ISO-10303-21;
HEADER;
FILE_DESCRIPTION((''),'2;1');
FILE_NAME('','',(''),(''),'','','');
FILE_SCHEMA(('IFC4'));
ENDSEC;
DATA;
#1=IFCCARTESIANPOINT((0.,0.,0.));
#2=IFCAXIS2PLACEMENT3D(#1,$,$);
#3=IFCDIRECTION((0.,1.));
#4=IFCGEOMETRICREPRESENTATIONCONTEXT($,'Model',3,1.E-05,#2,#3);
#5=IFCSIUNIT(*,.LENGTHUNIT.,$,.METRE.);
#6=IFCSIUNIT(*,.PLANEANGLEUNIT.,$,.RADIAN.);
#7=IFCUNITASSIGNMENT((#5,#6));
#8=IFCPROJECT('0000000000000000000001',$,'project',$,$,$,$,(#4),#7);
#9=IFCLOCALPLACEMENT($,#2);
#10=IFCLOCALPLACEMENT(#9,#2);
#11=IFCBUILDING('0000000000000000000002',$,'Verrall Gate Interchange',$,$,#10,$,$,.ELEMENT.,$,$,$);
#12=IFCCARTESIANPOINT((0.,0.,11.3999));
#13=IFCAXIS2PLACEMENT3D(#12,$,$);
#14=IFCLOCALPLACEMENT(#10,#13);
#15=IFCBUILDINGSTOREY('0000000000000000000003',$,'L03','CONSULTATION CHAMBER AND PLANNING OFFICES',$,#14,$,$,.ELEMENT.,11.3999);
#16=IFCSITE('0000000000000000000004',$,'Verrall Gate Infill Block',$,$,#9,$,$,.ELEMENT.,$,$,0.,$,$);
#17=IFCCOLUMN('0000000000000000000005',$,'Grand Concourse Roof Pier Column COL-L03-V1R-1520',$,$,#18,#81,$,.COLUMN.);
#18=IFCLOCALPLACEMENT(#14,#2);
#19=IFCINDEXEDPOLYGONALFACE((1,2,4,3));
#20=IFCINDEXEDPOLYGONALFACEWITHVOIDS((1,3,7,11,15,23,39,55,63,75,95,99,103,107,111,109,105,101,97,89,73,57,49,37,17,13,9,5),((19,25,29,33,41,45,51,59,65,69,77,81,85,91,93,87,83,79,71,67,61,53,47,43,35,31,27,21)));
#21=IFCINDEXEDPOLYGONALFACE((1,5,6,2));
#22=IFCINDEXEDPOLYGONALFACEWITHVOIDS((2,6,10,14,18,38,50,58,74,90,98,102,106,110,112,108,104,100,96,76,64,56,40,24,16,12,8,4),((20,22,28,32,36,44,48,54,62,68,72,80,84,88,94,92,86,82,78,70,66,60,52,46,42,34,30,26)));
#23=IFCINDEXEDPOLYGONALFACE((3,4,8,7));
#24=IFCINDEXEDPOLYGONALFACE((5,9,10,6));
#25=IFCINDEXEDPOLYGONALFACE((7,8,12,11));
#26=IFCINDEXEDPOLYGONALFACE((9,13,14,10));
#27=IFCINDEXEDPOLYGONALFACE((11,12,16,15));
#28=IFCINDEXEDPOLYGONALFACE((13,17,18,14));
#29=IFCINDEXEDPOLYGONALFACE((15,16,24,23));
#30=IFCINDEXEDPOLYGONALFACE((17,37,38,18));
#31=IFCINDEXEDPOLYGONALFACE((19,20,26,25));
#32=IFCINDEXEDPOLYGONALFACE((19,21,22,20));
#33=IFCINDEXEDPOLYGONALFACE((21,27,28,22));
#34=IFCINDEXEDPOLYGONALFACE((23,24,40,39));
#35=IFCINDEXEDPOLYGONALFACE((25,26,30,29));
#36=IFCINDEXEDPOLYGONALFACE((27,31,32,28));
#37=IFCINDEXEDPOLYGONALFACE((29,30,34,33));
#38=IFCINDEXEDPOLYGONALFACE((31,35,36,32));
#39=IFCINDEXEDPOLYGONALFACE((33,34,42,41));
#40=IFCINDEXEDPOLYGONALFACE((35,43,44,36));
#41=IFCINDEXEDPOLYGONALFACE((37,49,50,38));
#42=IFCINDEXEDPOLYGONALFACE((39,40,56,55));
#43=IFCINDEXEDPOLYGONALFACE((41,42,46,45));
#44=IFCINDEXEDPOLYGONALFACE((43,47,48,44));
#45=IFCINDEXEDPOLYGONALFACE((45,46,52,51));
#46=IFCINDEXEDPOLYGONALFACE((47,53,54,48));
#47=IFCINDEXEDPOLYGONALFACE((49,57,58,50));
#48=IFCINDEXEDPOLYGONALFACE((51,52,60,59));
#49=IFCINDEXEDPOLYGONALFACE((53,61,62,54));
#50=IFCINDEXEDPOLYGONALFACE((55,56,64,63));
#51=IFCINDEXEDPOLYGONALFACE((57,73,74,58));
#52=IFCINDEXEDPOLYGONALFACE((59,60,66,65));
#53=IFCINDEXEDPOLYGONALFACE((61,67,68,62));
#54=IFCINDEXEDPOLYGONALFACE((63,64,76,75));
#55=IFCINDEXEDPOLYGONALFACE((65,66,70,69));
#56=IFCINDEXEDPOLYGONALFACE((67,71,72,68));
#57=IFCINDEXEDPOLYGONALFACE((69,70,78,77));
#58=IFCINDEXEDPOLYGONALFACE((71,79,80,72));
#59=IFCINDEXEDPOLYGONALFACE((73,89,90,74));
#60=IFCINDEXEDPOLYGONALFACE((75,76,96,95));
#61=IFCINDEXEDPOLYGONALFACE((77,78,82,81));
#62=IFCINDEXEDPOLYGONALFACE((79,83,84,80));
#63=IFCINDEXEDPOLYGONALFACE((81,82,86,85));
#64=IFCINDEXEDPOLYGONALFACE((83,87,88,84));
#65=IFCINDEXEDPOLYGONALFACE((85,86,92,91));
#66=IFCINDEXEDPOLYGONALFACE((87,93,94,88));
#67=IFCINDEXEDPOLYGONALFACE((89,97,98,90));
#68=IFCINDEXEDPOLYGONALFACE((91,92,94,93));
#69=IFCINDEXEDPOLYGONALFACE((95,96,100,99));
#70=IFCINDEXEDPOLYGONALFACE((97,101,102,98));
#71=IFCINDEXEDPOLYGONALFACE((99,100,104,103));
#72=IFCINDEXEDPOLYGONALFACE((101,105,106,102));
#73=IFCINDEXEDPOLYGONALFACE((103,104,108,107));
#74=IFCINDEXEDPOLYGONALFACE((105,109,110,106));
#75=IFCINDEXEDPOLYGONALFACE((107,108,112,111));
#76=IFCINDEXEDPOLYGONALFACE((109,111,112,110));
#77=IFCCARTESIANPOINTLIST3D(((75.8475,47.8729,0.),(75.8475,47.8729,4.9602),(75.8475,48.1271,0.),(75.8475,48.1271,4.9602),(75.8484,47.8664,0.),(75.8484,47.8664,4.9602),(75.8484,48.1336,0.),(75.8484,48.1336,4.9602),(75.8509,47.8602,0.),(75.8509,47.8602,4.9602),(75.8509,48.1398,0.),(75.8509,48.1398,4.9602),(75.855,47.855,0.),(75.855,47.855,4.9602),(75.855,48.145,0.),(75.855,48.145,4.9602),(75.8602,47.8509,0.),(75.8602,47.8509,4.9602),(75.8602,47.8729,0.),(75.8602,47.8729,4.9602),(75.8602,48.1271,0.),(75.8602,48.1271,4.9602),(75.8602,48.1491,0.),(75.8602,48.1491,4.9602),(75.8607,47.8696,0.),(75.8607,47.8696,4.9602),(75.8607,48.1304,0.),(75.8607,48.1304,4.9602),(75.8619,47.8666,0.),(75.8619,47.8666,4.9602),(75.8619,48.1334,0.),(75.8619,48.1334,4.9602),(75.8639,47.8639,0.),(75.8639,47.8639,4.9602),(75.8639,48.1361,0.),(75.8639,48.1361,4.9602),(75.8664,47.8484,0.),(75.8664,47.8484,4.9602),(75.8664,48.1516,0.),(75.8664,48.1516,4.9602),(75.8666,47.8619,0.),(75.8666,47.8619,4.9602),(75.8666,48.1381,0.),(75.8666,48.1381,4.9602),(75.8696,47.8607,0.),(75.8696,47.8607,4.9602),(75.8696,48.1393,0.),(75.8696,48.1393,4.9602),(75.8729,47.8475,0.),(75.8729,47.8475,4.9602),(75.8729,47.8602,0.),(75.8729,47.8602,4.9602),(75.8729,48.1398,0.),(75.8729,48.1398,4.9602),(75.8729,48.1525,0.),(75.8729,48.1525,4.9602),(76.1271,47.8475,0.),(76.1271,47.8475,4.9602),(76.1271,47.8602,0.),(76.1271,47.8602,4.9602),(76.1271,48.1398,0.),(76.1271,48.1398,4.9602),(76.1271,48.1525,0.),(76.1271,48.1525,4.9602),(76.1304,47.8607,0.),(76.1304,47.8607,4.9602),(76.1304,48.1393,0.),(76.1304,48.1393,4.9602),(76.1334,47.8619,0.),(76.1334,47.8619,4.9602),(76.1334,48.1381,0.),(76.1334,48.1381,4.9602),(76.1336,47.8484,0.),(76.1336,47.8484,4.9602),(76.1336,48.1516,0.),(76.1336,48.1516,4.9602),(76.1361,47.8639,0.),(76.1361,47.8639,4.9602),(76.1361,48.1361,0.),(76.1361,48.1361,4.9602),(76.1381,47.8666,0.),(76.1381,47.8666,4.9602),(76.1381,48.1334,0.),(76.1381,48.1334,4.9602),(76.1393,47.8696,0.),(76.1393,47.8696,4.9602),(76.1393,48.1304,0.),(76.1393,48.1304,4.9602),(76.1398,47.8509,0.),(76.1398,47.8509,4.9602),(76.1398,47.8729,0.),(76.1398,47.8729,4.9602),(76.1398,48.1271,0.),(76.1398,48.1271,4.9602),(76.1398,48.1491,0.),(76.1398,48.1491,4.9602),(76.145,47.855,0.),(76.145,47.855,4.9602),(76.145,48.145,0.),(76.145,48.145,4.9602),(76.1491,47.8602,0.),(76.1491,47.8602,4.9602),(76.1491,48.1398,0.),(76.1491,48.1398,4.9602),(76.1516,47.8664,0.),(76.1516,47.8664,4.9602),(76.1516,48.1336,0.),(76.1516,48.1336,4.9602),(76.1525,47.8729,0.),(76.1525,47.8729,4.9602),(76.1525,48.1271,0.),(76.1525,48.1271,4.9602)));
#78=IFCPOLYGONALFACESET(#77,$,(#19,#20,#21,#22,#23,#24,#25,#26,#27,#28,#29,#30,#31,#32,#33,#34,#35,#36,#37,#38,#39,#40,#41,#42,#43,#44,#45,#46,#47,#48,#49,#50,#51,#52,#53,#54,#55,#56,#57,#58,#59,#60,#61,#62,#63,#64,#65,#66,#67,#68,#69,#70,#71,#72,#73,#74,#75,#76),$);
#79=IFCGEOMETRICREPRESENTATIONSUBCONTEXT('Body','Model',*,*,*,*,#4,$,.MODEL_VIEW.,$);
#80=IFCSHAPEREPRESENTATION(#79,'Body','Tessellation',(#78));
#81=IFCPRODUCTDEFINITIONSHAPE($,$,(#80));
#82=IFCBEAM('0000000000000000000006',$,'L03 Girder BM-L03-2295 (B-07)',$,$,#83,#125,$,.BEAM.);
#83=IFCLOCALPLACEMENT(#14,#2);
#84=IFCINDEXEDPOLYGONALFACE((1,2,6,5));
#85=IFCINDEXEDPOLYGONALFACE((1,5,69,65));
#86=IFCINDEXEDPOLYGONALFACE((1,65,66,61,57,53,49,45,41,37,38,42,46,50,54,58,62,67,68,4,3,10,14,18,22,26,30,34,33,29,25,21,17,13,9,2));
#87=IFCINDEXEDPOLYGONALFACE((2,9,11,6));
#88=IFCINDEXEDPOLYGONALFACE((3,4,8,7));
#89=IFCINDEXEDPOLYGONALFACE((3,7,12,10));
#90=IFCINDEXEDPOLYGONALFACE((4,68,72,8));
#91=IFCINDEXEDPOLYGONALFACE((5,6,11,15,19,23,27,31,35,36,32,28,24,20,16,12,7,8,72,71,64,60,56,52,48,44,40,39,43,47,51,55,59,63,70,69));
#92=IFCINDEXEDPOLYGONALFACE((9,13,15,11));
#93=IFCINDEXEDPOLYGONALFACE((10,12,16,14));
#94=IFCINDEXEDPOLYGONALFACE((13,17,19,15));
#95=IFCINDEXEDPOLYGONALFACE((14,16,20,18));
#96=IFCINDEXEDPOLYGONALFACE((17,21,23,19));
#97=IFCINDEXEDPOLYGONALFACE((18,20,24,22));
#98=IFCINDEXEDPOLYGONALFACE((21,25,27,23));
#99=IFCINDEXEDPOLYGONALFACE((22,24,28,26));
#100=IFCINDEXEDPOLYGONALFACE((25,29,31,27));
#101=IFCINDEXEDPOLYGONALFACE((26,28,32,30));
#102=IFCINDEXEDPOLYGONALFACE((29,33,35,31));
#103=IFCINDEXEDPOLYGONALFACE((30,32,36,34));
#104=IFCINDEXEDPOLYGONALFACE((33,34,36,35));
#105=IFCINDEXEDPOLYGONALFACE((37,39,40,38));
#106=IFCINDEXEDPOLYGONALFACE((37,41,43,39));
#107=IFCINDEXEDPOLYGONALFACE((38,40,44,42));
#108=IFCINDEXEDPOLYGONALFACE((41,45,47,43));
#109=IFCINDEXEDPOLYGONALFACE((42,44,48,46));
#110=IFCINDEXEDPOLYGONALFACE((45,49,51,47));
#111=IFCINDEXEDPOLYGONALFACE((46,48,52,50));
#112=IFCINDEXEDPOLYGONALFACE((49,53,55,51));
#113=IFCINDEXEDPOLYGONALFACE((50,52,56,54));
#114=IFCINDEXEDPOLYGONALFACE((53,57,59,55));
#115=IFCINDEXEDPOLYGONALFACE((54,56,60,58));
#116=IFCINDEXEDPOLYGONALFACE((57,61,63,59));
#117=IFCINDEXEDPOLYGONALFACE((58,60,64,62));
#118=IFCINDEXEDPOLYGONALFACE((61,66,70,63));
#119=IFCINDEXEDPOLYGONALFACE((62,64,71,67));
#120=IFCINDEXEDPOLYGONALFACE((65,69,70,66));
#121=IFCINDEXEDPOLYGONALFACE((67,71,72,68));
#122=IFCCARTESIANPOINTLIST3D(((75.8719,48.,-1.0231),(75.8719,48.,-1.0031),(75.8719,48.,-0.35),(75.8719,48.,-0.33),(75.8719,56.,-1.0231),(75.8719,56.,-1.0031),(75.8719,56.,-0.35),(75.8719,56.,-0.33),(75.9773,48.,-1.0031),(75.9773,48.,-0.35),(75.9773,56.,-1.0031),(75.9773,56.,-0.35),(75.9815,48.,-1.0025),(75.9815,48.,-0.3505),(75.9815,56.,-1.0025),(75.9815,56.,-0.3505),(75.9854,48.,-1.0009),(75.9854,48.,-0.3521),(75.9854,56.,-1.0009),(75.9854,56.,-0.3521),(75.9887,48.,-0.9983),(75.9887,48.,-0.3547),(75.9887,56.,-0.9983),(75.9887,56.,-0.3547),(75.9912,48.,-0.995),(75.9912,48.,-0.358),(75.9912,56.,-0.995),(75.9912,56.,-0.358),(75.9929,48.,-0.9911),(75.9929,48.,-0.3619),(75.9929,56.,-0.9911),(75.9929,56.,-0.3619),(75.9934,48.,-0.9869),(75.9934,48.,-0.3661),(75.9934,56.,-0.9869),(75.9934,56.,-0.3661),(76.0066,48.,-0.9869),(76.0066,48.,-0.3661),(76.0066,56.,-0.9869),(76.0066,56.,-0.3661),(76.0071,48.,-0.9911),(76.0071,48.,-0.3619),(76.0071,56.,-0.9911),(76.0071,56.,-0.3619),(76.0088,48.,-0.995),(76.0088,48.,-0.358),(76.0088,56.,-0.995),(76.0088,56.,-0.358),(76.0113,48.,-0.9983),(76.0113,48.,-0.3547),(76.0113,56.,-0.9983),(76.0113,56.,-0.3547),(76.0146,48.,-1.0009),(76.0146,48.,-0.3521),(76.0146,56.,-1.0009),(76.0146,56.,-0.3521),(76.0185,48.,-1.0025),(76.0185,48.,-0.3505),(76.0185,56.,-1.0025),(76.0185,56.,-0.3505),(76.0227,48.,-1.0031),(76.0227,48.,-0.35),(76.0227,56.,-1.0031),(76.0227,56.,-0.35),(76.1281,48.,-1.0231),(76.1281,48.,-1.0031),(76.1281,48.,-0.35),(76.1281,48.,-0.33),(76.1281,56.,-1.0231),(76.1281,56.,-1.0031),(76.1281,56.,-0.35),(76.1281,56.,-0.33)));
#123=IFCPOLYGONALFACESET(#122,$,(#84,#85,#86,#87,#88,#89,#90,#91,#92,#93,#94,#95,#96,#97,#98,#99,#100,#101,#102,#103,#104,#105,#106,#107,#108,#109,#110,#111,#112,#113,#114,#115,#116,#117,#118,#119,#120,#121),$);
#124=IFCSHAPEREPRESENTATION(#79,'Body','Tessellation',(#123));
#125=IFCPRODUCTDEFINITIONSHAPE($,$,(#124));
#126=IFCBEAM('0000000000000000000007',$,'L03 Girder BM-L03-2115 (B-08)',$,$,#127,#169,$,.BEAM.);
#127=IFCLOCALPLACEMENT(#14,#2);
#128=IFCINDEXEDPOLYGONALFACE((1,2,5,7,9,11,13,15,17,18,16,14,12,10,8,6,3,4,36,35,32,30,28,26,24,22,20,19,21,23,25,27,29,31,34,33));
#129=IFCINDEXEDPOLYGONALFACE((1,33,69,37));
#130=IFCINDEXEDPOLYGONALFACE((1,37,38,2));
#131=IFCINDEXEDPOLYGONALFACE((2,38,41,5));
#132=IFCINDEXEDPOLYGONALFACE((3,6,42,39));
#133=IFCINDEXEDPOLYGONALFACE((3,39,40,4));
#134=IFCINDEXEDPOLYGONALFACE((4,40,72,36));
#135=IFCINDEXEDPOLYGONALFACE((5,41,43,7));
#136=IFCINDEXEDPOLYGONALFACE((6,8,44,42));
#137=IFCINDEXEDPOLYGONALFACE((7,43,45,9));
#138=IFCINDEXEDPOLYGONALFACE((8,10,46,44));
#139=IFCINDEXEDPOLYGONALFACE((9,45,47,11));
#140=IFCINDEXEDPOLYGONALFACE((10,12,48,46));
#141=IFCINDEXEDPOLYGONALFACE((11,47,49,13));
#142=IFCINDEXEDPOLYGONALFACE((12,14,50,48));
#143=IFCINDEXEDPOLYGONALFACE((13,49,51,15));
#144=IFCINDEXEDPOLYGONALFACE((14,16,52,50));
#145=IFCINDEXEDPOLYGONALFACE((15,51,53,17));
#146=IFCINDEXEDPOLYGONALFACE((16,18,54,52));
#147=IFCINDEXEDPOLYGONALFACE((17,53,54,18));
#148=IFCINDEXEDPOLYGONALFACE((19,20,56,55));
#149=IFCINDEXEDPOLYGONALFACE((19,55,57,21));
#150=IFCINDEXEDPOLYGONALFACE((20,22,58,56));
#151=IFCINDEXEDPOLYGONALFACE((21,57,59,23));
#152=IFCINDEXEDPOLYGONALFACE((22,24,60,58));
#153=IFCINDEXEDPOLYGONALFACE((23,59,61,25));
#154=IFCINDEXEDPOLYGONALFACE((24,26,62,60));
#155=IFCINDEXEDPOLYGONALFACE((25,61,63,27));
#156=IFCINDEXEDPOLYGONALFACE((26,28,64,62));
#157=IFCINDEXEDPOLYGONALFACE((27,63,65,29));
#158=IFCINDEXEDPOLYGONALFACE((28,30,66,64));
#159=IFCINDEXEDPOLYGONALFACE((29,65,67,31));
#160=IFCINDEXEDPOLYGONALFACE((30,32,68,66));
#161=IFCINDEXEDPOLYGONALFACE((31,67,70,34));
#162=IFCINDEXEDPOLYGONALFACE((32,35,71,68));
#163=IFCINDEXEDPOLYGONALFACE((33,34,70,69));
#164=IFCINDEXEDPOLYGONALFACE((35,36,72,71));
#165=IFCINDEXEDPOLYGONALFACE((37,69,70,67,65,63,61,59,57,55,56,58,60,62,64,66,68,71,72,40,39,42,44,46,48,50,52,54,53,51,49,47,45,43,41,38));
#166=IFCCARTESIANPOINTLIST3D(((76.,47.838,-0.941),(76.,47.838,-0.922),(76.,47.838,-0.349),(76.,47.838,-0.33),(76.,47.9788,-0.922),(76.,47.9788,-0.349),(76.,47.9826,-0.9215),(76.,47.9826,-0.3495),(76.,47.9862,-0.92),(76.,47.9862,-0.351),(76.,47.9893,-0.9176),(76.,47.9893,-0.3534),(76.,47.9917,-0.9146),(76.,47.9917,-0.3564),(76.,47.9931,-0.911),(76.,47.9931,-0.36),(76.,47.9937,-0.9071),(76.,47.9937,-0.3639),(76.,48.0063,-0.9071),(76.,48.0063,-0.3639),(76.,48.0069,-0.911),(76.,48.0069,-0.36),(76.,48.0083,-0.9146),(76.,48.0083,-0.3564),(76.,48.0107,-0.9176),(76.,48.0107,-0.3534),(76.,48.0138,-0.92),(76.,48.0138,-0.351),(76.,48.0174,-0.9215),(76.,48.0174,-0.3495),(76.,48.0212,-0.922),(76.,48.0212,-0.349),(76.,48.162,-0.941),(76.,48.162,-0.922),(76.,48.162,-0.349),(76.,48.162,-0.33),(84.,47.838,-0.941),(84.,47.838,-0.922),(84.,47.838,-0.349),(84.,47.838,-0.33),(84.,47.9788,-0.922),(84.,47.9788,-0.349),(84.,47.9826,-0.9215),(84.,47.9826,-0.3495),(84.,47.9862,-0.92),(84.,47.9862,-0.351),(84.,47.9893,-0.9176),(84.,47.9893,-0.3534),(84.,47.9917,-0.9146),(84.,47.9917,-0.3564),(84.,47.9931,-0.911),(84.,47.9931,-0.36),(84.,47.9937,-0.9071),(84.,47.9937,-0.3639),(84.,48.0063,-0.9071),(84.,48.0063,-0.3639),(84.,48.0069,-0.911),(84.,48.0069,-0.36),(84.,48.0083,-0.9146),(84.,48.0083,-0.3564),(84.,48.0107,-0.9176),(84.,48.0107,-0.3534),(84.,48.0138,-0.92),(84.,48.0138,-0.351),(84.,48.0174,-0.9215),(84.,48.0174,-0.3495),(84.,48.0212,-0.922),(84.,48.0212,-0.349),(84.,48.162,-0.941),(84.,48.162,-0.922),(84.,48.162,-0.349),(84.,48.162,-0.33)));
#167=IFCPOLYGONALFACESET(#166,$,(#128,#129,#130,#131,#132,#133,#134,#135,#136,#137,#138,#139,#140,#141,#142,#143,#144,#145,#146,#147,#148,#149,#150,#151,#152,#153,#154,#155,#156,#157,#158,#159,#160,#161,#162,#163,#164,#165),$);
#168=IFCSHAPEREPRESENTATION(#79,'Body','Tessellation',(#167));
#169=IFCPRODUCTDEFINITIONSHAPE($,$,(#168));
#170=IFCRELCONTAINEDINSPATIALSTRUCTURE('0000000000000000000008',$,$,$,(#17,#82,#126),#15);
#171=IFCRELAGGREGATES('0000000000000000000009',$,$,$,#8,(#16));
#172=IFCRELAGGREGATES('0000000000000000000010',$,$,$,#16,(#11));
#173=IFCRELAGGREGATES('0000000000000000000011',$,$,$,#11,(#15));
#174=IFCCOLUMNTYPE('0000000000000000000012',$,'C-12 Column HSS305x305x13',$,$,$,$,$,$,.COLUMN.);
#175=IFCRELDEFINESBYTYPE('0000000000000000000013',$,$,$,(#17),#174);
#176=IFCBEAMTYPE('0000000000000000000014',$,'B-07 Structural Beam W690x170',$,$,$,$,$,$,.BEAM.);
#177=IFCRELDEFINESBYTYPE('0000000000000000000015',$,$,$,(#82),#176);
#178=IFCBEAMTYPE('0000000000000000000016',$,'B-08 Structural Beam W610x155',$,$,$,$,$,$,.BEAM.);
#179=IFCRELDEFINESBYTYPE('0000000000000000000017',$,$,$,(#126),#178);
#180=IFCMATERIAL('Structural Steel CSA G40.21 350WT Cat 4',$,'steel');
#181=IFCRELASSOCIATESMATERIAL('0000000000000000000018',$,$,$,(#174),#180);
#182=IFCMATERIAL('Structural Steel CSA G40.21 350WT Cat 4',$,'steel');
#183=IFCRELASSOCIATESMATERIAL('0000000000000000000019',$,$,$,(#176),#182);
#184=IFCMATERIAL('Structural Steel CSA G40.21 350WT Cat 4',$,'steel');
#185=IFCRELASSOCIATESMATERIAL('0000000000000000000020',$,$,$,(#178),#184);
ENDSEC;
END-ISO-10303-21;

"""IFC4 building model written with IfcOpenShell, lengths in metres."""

from ifc_helpers import new_model, si_unit, direction, frame, origin, origin_2d, place, context, subcontext, project, spatial, hollow_rectangle, i_section, extrude, material, material_profile, profile_set, type_object, element, save


model = new_model("IFC4")

# Units and contexts
model_context = context("Model", 3, precision=1e-05, world=origin(), true_north=direction((0.0, 1.0)))
body_context = subcontext(model_context, "Body", "Model", "MODEL_VIEW")
ifc_project = project(units=[si_unit("LENGTHUNIT", "METRE"), si_unit("PLANEANGLEUNIT", "RADIAN")], contexts=[model_context])

# Site, building, storey
site_placement = place(None, origin())
site = spatial("IfcSite", under=ifc_project, at=site_placement, Name="Verrall Gate Infill Block", CompositionType="ELEMENT", RefElevation=0.0)
building_placement = place(site_placement, origin())
building = spatial("IfcBuilding", under=site, at=building_placement, Name="Verrall Gate Interchange", CompositionType="ELEMENT")
storey_placement = place(building_placement, frame((0.0, 0.0, 11.3999)))
storey = spatial("IfcBuildingStorey", under=building, at=storey_placement, Name="L03", Description="CONSULTATION CHAMBER AND PLANNING OFFICES", CompositionType="ELEMENT", Elevation=11.3999)

# Column
ifc_material_1 = material(Name="Structural Steel CSA G40.21 350WT Cat 4", Category="steel")
ifc_material_profile_1 = material_profile(ifc_material_1, hollow_rectangle(XDim=0.3049, YDim=0.3049, WallThickness=0.0127, InnerFilletRadius=0.0127, OuterFilletRadius=0.0254, at=origin_2d()), Name="HSS305x305x13")
ifc_profile_set_1 = profile_set([ifc_material_profile_1], Name="Structural Steel CSA G40.21 350WT Cat 4")
column_type = type_object("IfcColumnType", Name="C-12 Column HSS305x305x13", PredefinedType="COLUMN", material=ifc_profile_set_1)
column_placement = place(storey_placement, frame((76.0, 48.0, 0.0), z_axis=(0.0, 0.0, 1.0), x_axis=(1.0, 0.0, 0.0)))
element("IfcColumn", 1, at=column_placement, inside=storey, type_object=column_type, Name="Grand Concourse Roof Pier Column COL-L03-V1R-1520", PredefinedType="COLUMN", context=body_context, shape_type="SweptSolid", body=[
    extrude(hollow_rectangle(XDim=0.3049, YDim=0.3049, WallThickness=0.0127, InnerFilletRadius=0.0127, OuterFilletRadius=0.0254, at=origin_2d()), origin(), (0.0, 0.0, 1.0), 4.9602),
])

# Beams
ifc_material_2 = material(Name="Structural Steel CSA G40.21 350WT Cat 4", Category="steel")
ifc_material_profile_2 = material_profile(ifc_material_2, i_section(OverallWidth=0.2561, OverallDepth=0.6931, WebThickness=0.0132, FlangeThickness=0.02, FilletRadius=0.0161, at=origin_2d()), Name="W690x170")
ifc_profile_set_2 = profile_set([ifc_material_profile_2], Name="Structural Steel CSA G40.21 350WT Cat 4")
beam_type_1 = type_object("IfcBeamType", Name="B-07 Structural Beam W690x170", PredefinedType="BEAM", material=ifc_profile_set_2)
beam_1_placement = place(storey_placement, frame((76.0, 48.0, -0.6765), z_axis=(0.0, 1.0, 0.0), x_axis=(-1.0, 0.0, 0.0)))
element("IfcBeam", 2, at=beam_1_placement, inside=storey, type_object=beam_type_1, Name="L03 Girder BM-L03-2295 (B-07)", PredefinedType="BEAM", context=body_context, shape_type="SweptSolid", body=[
    extrude(i_section(OverallWidth=0.2561, OverallDepth=0.6931, WebThickness=0.0132, FlangeThickness=0.02, FilletRadius=0.0161, at=origin_2d()), origin(), (0.0, 0.0, 1.0), 8.0),
])
ifc_material_3 = material(Name="Structural Steel CSA G40.21 350WT Cat 4", Category="steel")
ifc_material_profile_3 = material_profile(ifc_material_3, i_section(OverallWidth=0.324, OverallDepth=0.6111, WebThickness=0.0127, FlangeThickness=0.019, FilletRadius=0.0149, at=origin_2d()), Name="W610x155")
ifc_profile_set_3 = profile_set([ifc_material_profile_3], Name="Structural Steel CSA G40.21 350WT Cat 4")
beam_type_2 = type_object("IfcBeamType", Name="B-08 Structural Beam W610x155", PredefinedType="BEAM", material=ifc_profile_set_3)
for number, where, z_axis, x_axis, name in (
    (3, (76.0, 48.0, -0.6355), (1.0, 0.0, 0.0), (0.0, 1.0, 0.0), "L03 Girder BM-L03-2115 (B-08)"),
):
    element("IfcBeam", number, at=place(storey_placement, frame(where, z_axis=z_axis, x_axis=x_axis)), inside=storey, type_object=beam_type_2, Name=name, PredefinedType="BEAM", context=body_context, shape_type="SweptSolid", body=[
        extrude(i_section(OverallWidth=0.324, OverallDepth=0.6111, WebThickness=0.0127, FlangeThickness=0.019, FilletRadius=0.0149, at=origin_2d()), origin(), (0.0, 0.0, 1.0), 8.0),
    ])

save(model, "model.ifc")
